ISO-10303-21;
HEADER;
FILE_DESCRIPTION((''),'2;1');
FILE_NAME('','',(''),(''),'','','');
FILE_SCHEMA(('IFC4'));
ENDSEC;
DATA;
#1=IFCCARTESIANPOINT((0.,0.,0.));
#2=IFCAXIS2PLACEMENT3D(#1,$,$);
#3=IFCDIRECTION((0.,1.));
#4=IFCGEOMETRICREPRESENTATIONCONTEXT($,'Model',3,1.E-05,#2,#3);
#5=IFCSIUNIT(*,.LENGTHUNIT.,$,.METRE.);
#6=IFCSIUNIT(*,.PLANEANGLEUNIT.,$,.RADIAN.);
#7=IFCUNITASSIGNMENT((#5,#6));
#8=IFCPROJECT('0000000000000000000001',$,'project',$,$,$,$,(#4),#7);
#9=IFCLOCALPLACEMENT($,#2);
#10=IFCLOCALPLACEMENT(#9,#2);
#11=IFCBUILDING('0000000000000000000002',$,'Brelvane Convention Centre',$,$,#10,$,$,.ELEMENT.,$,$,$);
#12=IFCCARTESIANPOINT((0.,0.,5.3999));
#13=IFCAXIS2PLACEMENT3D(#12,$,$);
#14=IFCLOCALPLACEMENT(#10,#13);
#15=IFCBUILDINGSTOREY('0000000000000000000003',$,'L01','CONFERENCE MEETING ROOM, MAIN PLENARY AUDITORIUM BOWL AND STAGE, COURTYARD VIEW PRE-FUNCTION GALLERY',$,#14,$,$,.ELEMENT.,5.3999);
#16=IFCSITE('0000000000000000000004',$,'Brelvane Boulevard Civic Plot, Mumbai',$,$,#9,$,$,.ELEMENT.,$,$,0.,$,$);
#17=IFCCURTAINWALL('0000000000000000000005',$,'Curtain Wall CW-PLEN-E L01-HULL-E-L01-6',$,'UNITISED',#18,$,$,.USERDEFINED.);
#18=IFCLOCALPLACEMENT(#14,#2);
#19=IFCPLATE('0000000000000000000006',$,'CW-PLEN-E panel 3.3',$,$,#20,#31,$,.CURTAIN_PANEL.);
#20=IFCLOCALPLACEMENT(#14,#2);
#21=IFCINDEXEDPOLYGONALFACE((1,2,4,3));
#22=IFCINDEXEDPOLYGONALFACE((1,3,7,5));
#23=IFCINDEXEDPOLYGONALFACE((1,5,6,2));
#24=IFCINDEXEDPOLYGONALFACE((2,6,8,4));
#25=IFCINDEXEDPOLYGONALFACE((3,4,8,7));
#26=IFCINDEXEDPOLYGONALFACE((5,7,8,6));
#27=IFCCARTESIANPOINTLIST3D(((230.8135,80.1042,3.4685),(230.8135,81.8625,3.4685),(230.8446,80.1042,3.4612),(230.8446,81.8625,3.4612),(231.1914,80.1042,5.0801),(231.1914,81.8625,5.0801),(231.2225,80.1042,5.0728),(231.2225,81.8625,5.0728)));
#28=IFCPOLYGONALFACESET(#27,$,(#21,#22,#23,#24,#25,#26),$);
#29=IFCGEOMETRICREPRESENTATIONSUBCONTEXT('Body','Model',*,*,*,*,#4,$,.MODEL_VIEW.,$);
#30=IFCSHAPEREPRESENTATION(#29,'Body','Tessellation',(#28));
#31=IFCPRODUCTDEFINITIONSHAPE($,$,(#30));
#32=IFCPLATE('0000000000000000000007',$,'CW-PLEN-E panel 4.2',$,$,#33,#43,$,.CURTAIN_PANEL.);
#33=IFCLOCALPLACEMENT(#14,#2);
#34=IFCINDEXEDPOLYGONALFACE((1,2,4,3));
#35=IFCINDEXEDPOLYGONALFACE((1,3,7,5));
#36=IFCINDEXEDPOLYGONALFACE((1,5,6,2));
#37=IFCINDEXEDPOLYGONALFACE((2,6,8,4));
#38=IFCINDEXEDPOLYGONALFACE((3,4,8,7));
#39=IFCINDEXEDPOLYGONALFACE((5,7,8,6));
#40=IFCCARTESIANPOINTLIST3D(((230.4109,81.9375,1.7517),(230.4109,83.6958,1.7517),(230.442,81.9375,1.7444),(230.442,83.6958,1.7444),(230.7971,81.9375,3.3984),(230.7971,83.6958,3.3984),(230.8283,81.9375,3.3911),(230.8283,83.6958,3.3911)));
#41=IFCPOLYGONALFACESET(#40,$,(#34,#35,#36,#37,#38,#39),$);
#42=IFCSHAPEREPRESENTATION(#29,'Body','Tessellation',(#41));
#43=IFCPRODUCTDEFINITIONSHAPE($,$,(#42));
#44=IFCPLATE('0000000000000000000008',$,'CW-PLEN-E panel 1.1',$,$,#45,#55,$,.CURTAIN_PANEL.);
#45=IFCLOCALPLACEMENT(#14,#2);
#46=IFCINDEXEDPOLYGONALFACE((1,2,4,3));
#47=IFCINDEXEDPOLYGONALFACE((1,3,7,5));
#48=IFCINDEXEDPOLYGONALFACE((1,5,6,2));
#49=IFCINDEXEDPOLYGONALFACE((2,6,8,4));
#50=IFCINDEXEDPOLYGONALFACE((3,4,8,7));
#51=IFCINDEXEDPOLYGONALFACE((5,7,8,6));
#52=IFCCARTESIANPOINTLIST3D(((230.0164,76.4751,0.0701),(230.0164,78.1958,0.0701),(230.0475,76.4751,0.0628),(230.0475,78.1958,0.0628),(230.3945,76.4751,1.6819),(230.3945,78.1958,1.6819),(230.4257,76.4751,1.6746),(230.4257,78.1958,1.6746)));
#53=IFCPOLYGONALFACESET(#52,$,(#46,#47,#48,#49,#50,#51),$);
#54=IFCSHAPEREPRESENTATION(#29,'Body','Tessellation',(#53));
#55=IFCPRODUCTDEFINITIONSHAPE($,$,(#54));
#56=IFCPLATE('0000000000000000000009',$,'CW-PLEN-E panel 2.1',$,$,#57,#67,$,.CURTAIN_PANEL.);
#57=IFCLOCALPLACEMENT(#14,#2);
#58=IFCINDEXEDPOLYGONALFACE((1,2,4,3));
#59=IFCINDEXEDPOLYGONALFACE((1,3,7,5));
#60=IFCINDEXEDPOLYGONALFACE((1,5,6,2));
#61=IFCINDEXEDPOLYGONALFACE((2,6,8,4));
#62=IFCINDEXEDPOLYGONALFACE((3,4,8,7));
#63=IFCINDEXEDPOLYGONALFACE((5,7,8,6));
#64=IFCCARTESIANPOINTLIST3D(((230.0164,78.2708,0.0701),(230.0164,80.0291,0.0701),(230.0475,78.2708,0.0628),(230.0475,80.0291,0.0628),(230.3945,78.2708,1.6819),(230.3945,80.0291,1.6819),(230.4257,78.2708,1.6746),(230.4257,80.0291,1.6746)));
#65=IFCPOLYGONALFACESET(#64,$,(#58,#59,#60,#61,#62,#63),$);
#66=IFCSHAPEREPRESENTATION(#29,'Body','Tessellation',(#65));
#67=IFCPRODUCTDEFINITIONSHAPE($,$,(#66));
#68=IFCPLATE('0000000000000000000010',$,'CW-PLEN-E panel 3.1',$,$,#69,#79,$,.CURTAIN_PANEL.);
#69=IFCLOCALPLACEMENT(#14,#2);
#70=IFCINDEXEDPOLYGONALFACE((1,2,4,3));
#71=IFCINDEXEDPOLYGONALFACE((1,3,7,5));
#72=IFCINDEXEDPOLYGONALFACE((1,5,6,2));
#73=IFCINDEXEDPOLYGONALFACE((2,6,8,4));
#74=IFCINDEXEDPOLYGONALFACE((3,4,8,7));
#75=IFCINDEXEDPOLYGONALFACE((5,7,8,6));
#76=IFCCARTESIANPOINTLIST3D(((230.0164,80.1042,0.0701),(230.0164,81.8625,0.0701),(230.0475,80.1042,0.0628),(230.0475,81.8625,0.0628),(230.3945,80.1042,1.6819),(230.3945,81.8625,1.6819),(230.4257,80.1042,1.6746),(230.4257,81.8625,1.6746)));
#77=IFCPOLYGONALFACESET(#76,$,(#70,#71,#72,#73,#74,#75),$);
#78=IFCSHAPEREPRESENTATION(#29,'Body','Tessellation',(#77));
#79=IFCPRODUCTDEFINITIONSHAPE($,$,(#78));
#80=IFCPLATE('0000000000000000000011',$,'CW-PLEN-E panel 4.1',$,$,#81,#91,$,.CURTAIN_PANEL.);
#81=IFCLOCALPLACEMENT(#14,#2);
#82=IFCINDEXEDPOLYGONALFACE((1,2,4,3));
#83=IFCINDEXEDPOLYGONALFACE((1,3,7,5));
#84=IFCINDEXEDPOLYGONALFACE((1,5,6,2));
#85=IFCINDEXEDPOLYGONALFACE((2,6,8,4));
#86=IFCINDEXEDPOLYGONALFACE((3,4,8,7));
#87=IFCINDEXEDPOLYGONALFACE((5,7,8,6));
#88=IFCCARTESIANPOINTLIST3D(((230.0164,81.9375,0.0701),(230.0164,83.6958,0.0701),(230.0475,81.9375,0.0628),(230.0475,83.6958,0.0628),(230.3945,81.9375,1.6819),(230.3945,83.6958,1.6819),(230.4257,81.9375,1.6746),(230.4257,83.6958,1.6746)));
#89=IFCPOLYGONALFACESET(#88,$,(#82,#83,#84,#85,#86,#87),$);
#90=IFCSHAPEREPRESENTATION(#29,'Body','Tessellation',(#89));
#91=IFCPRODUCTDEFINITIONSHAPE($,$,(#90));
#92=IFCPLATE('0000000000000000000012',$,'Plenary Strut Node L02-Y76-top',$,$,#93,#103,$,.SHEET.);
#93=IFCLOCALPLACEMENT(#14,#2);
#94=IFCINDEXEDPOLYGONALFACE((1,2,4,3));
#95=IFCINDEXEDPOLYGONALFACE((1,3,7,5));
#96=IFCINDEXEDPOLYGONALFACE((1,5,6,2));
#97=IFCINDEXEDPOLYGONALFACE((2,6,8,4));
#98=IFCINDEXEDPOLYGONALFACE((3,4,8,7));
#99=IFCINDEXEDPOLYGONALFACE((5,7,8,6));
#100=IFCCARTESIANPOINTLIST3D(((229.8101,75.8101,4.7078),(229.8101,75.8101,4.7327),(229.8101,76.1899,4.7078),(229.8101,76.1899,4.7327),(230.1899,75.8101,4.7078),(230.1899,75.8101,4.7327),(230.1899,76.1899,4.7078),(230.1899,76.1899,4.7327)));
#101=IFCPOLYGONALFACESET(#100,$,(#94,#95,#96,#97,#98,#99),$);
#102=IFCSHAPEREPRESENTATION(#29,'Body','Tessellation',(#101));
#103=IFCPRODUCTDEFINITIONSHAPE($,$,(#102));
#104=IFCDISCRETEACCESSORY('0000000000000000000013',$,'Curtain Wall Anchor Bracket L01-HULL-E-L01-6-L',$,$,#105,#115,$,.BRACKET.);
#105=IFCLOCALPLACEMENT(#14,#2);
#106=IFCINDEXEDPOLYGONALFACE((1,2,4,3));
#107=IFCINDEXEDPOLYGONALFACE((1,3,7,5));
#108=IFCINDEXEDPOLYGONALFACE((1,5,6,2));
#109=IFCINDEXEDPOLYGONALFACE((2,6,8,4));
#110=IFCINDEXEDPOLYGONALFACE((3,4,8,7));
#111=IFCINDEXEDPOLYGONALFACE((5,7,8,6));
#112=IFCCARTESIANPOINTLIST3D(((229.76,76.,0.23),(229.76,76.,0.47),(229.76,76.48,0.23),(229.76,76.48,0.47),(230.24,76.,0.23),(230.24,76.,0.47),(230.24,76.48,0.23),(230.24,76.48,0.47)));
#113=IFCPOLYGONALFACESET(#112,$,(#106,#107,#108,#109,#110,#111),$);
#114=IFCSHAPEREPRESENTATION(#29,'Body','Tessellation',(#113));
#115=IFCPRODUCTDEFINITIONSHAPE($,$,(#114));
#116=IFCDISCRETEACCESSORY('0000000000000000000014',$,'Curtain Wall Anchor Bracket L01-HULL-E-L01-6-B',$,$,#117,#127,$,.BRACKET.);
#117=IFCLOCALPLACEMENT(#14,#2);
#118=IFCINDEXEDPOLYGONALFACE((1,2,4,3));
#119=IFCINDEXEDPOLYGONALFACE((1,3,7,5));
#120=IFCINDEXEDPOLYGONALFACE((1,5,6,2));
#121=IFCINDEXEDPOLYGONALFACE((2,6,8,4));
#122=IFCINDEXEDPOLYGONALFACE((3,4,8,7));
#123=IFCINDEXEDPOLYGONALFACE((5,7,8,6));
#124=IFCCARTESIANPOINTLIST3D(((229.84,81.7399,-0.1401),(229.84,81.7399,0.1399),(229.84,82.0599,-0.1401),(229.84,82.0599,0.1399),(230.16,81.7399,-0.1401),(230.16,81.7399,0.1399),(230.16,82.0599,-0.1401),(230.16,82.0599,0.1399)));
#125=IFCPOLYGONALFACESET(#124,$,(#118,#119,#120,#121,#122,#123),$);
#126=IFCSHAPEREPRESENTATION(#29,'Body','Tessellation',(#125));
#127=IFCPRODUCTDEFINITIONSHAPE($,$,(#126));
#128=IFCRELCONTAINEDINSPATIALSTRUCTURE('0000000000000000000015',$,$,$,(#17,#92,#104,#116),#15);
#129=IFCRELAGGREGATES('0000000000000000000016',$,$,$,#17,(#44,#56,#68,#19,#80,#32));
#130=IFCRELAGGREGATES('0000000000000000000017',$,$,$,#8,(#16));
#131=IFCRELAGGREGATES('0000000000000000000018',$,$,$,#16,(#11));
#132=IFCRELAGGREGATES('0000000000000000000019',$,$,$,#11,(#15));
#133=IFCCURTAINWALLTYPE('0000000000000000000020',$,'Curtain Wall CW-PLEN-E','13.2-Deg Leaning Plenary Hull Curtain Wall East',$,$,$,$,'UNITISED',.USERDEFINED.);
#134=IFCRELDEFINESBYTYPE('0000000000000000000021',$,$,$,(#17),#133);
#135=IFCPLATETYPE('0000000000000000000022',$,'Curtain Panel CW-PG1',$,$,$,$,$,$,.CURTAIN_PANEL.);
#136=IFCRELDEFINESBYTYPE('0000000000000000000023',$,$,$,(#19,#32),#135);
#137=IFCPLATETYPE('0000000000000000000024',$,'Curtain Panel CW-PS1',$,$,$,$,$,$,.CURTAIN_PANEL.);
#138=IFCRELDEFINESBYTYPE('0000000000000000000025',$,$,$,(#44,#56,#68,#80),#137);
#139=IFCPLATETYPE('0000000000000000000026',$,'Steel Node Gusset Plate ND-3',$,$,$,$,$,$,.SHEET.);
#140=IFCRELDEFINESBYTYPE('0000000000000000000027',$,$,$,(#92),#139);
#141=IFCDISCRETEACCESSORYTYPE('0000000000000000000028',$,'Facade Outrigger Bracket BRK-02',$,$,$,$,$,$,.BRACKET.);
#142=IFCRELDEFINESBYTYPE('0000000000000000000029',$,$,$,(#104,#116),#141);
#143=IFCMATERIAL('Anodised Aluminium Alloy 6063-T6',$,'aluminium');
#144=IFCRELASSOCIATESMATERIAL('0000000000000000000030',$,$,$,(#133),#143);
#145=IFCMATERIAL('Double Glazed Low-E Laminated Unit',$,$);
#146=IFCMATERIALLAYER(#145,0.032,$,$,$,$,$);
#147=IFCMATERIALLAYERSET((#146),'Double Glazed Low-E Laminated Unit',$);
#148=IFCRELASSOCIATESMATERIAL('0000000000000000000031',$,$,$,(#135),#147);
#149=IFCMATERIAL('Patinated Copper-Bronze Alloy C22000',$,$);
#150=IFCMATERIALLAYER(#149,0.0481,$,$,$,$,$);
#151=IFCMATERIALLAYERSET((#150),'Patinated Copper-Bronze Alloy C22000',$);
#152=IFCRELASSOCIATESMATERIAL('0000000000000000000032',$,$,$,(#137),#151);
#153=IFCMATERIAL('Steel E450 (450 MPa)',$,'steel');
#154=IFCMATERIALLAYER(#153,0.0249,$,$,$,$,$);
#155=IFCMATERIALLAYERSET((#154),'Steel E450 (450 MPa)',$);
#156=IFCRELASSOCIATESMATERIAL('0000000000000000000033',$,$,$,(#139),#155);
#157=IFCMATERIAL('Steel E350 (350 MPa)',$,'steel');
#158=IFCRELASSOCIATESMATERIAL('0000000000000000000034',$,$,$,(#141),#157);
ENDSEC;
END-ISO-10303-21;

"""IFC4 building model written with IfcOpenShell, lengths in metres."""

from ifc_helpers import new_model, si_unit, direction, frame, origin, origin_2d, place, context, subcontext, project, spatial, polyline, rectangle, outline, extrude, material, layer, layer_set, type_object, element, aggregate, save


model = new_model("IFC4")

# Units and contexts
model_context = context("Model", 3, precision=1e-05, world=origin(), true_north=direction((0.0, 1.0)))
body_context = subcontext(model_context, "Body", "Model", "MODEL_VIEW")
ifc_project = project(units=[si_unit("LENGTHUNIT", "METRE"), si_unit("PLANEANGLEUNIT", "RADIAN")], contexts=[model_context])

# Site, building, storey
site_placement = place(None, origin())
site = spatial("IfcSite", under=ifc_project, at=site_placement, Name="Brelvane Boulevard Civic Plot, Mumbai", CompositionType="ELEMENT", RefElevation=0.0)
building_placement = place(site_placement, origin())
building = spatial("IfcBuilding", under=site, at=building_placement, Name="Brelvane Convention Centre", CompositionType="ELEMENT")
storey_placement = place(building_placement, frame((0.0, 0.0, 5.3999)))
storey = spatial("IfcBuildingStorey", under=building, at=storey_placement, Name="L01", Description="CONFERENCE MEETING ROOM, MAIN PLENARY AUDITORIUM BOWL AND STAGE, COURTYARD VIEW PRE-FUNCTION GALLERY", CompositionType="ELEMENT", Elevation=5.3999)

# Curtain wall
ifc_material_1 = material(Name="Anodised Aluminium Alloy 6063-T6", Category="aluminium")
curtain_wall_type = type_object("IfcCurtainWallType", Name="Curtain Wall CW-PLEN-E", Description="13.2-Deg Leaning Plenary Hull Curtain Wall East", ElementType="UNITISED", PredefinedType="USERDEFINED", material=ifc_material_1)
curtain_wall_placement = place(storey_placement, origin())
curtain_wall = element("IfcCurtainWall", 1, at=curtain_wall_placement, inside=storey, type_object=curtain_wall_type, Name="Curtain Wall CW-PLEN-E L01-HULL-E-L01-6", ObjectType="UNITISED", PredefinedType="USERDEFINED")

# Plates
ifc_material_2 = material(Name="Double Glazed Low-E Laminated Unit")
ifc_layer_1 = layer(ifc_material_2, 0.032)
ifc_layer_set_1 = layer_set([ifc_layer_1], Name="Double Glazed Low-E Laminated Unit")
plate_type_1 = type_object("IfcPlateType", Name="Curtain Panel CW-PG1", PredefinedType="CURTAIN_PANEL", material=ifc_layer_set_1)
plate_1_placement = place(storey_placement, frame((230.8135, 80.1042, 3.4685), z_axis=(-0.973587, 0.0, 0.228316), x_axis=(0.0, 1.0, 0.0)))
plate_1 = element("IfcPlate", 2, at=plate_1_placement, type_object=plate_type_1, Name="CW-PLEN-E panel 3.3", PredefinedType="CURTAIN_PANEL", context=body_context, shape_type="SweptSolid", body=[
    extrude(outline(polyline([(0.0, 0.0), (1.7583, 0.0), (1.7583, -1.6553), (0.0, -1.6553), (0.0, 0.0)])), origin(), (0.0, 0.0, -1.0), 0.032),
])
plate_2_placement = place(storey_placement, frame((230.4109, 81.9375, 1.7517), z_axis=(-0.97358, 0.0, 0.228347), x_axis=(0.0, 1.0, 0.0)))
plate_2 = element("IfcPlate", 3, at=plate_2_placement, type_object=plate_type_1, Name="CW-PLEN-E panel 4.2", PredefinedType="CURTAIN_PANEL", context=body_context, shape_type="SweptSolid", body=[
    extrude(outline(polyline([(0.0, 0.0), (1.7583, 0.0), (1.7583, -1.6914), (0.0, -1.6914), (0.0, 0.0)])), origin(), (0.0, 0.0, -1.0), 0.032),
])
ifc_material_3 = material(Name="Patinated Copper-Bronze Alloy C22000")
ifc_layer_2 = layer(ifc_material_3, 0.0481)
ifc_layer_set_2 = layer_set([ifc_layer_2], Name="Patinated Copper-Bronze Alloy C22000")
plate_type_2 = type_object("IfcPlateType", Name="Curtain Panel CW-PS1", PredefinedType="CURTAIN_PANEL", material=ifc_layer_set_2)
plate_3_placement = place(storey_placement, frame((230.0164, 76.4751, 0.0701), z_axis=(-0.973562, 0.0, 0.228423), x_axis=(0.0, 1.0, 0.0)))
plate_3 = element("IfcPlate", 4, at=plate_3_placement, type_object=plate_type_2, Name="CW-PLEN-E panel 1.1", PredefinedType="CURTAIN_PANEL", context=body_context, shape_type="SweptSolid", body=[
    extrude(outline(polyline([(0.0, 0.0), (1.7207, 0.0), (1.7207, -1.6556), (0.0, -1.6556), (0.0, 0.0)])), origin(), (0.0, 0.0, -1.0), 0.032),
])
plate_4_placement = place(storey_placement, frame((230.0164, 78.2708, 0.0701), z_axis=(-0.973562, 0.0, 0.228423), x_axis=(0.0, 1.0, 0.0)))
plate_4 = element("IfcPlate", 5, at=plate_4_placement, type_object=plate_type_2, Name="CW-PLEN-E panel 2.1", PredefinedType="CURTAIN_PANEL", context=body_context, shape_type="SweptSolid", body=[
    extrude(outline(polyline([(0.0, 0.0), (1.7583, 0.0), (1.7583, -1.6556), (0.0, -1.6556), (0.0, 0.0)])), origin(), (0.0, 0.0, -1.0), 0.032),
])
plate_5_placement = place(storey_placement, frame((230.0164, 80.1042, 0.0701), z_axis=(-0.973562, 0.0, 0.228423), x_axis=(0.0, 1.0, 0.0)))
plate_5 = element("IfcPlate", 6, at=plate_5_placement, type_object=plate_type_2, Name="CW-PLEN-E panel 3.1", PredefinedType="CURTAIN_PANEL", context=body_context, shape_type="SweptSolid", body=[
    extrude(outline(polyline([(0.0, 0.0), (1.7583, 0.0), (1.7583, -1.6556), (0.0, -1.6556), (0.0, 0.0)])), origin(), (0.0, 0.0, -1.0), 0.032),
])
plate_6_placement = place(storey_placement, frame((230.0164, 81.9375, 0.0701), z_axis=(-0.973562, 0.0, 0.228423), x_axis=(0.0, 1.0, 0.0)))
plate_6 = element("IfcPlate", 7, at=plate_6_placement, type_object=plate_type_2, Name="CW-PLEN-E panel 4.1", PredefinedType="CURTAIN_PANEL", context=body_context, shape_type="SweptSolid", body=[
    extrude(outline(polyline([(0.0, 0.0), (1.7583, 0.0), (1.7583, -1.6556), (0.0, -1.6556), (0.0, 0.0)])), origin(), (0.0, 0.0, -1.0), 0.032),
])
aggregate(curtain_wall, [plate_3, plate_4, plate_5, plate_1, plate_6, plate_2])
ifc_material_4 = material(Name="Steel E450 (450 MPa)", Category="steel")
ifc_layer_3 = layer(ifc_material_4, 0.0249)
ifc_layer_set_3 = layer_set([ifc_layer_3], Name="Steel E450 (450 MPa)")
plate_type_3 = type_object("IfcPlateType", Name="Steel Node Gusset Plate ND-3", PredefinedType="SHEET", material=ifc_layer_set_3)
plate_7_placement = place(storey_placement, frame((230.0, 76.0, 4.7078), z_axis=(0.0, 0.0, 1.0), x_axis=(1.0, 0.0, 0.0)))
element("IfcPlate", 8, at=plate_7_placement, inside=storey, type_object=plate_type_3, Name="Plenary Strut Node L02-Y76-top", PredefinedType="SHEET", context=body_context, shape_type="SweptSolid", body=[
    extrude(rectangle(XDim=0.3799, YDim=0.3799, at=origin_2d()), origin(), (0.0, 0.0, 1.0), 0.0249),
])

# Discrete accessories
ifc_material_5 = material(Name="Steel E350 (350 MPa)", Category="steel")
discrete_accessory_type = type_object("IfcDiscreteAccessoryType", Name="Facade Outrigger Bracket BRK-02", PredefinedType="BRACKET", material=ifc_material_5)
discrete_accessory_1_placement = place(storey_placement, frame((230.0, 76.24, 0.23), z_axis=(0.0, 0.0, 1.0), x_axis=(1.0, 0.0, 0.0)))
element("IfcDiscreteAccessory", 9, at=discrete_accessory_1_placement, inside=storey, type_object=discrete_accessory_type, Name="Curtain Wall Anchor Bracket L01-HULL-E-L01-6-L", PredefinedType="BRACKET", context=body_context, shape_type="SweptSolid", body=[
    extrude(rectangle(XDim=0.48, YDim=0.48, at=origin_2d()), origin(), (0.0, 0.0, 1.0), 0.24),
])
discrete_accessory_2_placement = place(storey_placement, frame((230.0, 81.8999, -0.1401), z_axis=(0.0, 0.0, 1.0), x_axis=(1.0, 0.0, 0.0)))
element("IfcDiscreteAccessory", 10, at=discrete_accessory_2_placement, inside=storey, type_object=discrete_accessory_type, Name="Curtain Wall Anchor Bracket L01-HULL-E-L01-6-B", PredefinedType="BRACKET", context=body_context, shape_type="SweptSolid", body=[
    extrude(rectangle(XDim=0.3201, YDim=0.3201, at=origin_2d()), origin(), (0.0, 0.0, 1.0), 0.28),
])

save(model, "model.ifc")
